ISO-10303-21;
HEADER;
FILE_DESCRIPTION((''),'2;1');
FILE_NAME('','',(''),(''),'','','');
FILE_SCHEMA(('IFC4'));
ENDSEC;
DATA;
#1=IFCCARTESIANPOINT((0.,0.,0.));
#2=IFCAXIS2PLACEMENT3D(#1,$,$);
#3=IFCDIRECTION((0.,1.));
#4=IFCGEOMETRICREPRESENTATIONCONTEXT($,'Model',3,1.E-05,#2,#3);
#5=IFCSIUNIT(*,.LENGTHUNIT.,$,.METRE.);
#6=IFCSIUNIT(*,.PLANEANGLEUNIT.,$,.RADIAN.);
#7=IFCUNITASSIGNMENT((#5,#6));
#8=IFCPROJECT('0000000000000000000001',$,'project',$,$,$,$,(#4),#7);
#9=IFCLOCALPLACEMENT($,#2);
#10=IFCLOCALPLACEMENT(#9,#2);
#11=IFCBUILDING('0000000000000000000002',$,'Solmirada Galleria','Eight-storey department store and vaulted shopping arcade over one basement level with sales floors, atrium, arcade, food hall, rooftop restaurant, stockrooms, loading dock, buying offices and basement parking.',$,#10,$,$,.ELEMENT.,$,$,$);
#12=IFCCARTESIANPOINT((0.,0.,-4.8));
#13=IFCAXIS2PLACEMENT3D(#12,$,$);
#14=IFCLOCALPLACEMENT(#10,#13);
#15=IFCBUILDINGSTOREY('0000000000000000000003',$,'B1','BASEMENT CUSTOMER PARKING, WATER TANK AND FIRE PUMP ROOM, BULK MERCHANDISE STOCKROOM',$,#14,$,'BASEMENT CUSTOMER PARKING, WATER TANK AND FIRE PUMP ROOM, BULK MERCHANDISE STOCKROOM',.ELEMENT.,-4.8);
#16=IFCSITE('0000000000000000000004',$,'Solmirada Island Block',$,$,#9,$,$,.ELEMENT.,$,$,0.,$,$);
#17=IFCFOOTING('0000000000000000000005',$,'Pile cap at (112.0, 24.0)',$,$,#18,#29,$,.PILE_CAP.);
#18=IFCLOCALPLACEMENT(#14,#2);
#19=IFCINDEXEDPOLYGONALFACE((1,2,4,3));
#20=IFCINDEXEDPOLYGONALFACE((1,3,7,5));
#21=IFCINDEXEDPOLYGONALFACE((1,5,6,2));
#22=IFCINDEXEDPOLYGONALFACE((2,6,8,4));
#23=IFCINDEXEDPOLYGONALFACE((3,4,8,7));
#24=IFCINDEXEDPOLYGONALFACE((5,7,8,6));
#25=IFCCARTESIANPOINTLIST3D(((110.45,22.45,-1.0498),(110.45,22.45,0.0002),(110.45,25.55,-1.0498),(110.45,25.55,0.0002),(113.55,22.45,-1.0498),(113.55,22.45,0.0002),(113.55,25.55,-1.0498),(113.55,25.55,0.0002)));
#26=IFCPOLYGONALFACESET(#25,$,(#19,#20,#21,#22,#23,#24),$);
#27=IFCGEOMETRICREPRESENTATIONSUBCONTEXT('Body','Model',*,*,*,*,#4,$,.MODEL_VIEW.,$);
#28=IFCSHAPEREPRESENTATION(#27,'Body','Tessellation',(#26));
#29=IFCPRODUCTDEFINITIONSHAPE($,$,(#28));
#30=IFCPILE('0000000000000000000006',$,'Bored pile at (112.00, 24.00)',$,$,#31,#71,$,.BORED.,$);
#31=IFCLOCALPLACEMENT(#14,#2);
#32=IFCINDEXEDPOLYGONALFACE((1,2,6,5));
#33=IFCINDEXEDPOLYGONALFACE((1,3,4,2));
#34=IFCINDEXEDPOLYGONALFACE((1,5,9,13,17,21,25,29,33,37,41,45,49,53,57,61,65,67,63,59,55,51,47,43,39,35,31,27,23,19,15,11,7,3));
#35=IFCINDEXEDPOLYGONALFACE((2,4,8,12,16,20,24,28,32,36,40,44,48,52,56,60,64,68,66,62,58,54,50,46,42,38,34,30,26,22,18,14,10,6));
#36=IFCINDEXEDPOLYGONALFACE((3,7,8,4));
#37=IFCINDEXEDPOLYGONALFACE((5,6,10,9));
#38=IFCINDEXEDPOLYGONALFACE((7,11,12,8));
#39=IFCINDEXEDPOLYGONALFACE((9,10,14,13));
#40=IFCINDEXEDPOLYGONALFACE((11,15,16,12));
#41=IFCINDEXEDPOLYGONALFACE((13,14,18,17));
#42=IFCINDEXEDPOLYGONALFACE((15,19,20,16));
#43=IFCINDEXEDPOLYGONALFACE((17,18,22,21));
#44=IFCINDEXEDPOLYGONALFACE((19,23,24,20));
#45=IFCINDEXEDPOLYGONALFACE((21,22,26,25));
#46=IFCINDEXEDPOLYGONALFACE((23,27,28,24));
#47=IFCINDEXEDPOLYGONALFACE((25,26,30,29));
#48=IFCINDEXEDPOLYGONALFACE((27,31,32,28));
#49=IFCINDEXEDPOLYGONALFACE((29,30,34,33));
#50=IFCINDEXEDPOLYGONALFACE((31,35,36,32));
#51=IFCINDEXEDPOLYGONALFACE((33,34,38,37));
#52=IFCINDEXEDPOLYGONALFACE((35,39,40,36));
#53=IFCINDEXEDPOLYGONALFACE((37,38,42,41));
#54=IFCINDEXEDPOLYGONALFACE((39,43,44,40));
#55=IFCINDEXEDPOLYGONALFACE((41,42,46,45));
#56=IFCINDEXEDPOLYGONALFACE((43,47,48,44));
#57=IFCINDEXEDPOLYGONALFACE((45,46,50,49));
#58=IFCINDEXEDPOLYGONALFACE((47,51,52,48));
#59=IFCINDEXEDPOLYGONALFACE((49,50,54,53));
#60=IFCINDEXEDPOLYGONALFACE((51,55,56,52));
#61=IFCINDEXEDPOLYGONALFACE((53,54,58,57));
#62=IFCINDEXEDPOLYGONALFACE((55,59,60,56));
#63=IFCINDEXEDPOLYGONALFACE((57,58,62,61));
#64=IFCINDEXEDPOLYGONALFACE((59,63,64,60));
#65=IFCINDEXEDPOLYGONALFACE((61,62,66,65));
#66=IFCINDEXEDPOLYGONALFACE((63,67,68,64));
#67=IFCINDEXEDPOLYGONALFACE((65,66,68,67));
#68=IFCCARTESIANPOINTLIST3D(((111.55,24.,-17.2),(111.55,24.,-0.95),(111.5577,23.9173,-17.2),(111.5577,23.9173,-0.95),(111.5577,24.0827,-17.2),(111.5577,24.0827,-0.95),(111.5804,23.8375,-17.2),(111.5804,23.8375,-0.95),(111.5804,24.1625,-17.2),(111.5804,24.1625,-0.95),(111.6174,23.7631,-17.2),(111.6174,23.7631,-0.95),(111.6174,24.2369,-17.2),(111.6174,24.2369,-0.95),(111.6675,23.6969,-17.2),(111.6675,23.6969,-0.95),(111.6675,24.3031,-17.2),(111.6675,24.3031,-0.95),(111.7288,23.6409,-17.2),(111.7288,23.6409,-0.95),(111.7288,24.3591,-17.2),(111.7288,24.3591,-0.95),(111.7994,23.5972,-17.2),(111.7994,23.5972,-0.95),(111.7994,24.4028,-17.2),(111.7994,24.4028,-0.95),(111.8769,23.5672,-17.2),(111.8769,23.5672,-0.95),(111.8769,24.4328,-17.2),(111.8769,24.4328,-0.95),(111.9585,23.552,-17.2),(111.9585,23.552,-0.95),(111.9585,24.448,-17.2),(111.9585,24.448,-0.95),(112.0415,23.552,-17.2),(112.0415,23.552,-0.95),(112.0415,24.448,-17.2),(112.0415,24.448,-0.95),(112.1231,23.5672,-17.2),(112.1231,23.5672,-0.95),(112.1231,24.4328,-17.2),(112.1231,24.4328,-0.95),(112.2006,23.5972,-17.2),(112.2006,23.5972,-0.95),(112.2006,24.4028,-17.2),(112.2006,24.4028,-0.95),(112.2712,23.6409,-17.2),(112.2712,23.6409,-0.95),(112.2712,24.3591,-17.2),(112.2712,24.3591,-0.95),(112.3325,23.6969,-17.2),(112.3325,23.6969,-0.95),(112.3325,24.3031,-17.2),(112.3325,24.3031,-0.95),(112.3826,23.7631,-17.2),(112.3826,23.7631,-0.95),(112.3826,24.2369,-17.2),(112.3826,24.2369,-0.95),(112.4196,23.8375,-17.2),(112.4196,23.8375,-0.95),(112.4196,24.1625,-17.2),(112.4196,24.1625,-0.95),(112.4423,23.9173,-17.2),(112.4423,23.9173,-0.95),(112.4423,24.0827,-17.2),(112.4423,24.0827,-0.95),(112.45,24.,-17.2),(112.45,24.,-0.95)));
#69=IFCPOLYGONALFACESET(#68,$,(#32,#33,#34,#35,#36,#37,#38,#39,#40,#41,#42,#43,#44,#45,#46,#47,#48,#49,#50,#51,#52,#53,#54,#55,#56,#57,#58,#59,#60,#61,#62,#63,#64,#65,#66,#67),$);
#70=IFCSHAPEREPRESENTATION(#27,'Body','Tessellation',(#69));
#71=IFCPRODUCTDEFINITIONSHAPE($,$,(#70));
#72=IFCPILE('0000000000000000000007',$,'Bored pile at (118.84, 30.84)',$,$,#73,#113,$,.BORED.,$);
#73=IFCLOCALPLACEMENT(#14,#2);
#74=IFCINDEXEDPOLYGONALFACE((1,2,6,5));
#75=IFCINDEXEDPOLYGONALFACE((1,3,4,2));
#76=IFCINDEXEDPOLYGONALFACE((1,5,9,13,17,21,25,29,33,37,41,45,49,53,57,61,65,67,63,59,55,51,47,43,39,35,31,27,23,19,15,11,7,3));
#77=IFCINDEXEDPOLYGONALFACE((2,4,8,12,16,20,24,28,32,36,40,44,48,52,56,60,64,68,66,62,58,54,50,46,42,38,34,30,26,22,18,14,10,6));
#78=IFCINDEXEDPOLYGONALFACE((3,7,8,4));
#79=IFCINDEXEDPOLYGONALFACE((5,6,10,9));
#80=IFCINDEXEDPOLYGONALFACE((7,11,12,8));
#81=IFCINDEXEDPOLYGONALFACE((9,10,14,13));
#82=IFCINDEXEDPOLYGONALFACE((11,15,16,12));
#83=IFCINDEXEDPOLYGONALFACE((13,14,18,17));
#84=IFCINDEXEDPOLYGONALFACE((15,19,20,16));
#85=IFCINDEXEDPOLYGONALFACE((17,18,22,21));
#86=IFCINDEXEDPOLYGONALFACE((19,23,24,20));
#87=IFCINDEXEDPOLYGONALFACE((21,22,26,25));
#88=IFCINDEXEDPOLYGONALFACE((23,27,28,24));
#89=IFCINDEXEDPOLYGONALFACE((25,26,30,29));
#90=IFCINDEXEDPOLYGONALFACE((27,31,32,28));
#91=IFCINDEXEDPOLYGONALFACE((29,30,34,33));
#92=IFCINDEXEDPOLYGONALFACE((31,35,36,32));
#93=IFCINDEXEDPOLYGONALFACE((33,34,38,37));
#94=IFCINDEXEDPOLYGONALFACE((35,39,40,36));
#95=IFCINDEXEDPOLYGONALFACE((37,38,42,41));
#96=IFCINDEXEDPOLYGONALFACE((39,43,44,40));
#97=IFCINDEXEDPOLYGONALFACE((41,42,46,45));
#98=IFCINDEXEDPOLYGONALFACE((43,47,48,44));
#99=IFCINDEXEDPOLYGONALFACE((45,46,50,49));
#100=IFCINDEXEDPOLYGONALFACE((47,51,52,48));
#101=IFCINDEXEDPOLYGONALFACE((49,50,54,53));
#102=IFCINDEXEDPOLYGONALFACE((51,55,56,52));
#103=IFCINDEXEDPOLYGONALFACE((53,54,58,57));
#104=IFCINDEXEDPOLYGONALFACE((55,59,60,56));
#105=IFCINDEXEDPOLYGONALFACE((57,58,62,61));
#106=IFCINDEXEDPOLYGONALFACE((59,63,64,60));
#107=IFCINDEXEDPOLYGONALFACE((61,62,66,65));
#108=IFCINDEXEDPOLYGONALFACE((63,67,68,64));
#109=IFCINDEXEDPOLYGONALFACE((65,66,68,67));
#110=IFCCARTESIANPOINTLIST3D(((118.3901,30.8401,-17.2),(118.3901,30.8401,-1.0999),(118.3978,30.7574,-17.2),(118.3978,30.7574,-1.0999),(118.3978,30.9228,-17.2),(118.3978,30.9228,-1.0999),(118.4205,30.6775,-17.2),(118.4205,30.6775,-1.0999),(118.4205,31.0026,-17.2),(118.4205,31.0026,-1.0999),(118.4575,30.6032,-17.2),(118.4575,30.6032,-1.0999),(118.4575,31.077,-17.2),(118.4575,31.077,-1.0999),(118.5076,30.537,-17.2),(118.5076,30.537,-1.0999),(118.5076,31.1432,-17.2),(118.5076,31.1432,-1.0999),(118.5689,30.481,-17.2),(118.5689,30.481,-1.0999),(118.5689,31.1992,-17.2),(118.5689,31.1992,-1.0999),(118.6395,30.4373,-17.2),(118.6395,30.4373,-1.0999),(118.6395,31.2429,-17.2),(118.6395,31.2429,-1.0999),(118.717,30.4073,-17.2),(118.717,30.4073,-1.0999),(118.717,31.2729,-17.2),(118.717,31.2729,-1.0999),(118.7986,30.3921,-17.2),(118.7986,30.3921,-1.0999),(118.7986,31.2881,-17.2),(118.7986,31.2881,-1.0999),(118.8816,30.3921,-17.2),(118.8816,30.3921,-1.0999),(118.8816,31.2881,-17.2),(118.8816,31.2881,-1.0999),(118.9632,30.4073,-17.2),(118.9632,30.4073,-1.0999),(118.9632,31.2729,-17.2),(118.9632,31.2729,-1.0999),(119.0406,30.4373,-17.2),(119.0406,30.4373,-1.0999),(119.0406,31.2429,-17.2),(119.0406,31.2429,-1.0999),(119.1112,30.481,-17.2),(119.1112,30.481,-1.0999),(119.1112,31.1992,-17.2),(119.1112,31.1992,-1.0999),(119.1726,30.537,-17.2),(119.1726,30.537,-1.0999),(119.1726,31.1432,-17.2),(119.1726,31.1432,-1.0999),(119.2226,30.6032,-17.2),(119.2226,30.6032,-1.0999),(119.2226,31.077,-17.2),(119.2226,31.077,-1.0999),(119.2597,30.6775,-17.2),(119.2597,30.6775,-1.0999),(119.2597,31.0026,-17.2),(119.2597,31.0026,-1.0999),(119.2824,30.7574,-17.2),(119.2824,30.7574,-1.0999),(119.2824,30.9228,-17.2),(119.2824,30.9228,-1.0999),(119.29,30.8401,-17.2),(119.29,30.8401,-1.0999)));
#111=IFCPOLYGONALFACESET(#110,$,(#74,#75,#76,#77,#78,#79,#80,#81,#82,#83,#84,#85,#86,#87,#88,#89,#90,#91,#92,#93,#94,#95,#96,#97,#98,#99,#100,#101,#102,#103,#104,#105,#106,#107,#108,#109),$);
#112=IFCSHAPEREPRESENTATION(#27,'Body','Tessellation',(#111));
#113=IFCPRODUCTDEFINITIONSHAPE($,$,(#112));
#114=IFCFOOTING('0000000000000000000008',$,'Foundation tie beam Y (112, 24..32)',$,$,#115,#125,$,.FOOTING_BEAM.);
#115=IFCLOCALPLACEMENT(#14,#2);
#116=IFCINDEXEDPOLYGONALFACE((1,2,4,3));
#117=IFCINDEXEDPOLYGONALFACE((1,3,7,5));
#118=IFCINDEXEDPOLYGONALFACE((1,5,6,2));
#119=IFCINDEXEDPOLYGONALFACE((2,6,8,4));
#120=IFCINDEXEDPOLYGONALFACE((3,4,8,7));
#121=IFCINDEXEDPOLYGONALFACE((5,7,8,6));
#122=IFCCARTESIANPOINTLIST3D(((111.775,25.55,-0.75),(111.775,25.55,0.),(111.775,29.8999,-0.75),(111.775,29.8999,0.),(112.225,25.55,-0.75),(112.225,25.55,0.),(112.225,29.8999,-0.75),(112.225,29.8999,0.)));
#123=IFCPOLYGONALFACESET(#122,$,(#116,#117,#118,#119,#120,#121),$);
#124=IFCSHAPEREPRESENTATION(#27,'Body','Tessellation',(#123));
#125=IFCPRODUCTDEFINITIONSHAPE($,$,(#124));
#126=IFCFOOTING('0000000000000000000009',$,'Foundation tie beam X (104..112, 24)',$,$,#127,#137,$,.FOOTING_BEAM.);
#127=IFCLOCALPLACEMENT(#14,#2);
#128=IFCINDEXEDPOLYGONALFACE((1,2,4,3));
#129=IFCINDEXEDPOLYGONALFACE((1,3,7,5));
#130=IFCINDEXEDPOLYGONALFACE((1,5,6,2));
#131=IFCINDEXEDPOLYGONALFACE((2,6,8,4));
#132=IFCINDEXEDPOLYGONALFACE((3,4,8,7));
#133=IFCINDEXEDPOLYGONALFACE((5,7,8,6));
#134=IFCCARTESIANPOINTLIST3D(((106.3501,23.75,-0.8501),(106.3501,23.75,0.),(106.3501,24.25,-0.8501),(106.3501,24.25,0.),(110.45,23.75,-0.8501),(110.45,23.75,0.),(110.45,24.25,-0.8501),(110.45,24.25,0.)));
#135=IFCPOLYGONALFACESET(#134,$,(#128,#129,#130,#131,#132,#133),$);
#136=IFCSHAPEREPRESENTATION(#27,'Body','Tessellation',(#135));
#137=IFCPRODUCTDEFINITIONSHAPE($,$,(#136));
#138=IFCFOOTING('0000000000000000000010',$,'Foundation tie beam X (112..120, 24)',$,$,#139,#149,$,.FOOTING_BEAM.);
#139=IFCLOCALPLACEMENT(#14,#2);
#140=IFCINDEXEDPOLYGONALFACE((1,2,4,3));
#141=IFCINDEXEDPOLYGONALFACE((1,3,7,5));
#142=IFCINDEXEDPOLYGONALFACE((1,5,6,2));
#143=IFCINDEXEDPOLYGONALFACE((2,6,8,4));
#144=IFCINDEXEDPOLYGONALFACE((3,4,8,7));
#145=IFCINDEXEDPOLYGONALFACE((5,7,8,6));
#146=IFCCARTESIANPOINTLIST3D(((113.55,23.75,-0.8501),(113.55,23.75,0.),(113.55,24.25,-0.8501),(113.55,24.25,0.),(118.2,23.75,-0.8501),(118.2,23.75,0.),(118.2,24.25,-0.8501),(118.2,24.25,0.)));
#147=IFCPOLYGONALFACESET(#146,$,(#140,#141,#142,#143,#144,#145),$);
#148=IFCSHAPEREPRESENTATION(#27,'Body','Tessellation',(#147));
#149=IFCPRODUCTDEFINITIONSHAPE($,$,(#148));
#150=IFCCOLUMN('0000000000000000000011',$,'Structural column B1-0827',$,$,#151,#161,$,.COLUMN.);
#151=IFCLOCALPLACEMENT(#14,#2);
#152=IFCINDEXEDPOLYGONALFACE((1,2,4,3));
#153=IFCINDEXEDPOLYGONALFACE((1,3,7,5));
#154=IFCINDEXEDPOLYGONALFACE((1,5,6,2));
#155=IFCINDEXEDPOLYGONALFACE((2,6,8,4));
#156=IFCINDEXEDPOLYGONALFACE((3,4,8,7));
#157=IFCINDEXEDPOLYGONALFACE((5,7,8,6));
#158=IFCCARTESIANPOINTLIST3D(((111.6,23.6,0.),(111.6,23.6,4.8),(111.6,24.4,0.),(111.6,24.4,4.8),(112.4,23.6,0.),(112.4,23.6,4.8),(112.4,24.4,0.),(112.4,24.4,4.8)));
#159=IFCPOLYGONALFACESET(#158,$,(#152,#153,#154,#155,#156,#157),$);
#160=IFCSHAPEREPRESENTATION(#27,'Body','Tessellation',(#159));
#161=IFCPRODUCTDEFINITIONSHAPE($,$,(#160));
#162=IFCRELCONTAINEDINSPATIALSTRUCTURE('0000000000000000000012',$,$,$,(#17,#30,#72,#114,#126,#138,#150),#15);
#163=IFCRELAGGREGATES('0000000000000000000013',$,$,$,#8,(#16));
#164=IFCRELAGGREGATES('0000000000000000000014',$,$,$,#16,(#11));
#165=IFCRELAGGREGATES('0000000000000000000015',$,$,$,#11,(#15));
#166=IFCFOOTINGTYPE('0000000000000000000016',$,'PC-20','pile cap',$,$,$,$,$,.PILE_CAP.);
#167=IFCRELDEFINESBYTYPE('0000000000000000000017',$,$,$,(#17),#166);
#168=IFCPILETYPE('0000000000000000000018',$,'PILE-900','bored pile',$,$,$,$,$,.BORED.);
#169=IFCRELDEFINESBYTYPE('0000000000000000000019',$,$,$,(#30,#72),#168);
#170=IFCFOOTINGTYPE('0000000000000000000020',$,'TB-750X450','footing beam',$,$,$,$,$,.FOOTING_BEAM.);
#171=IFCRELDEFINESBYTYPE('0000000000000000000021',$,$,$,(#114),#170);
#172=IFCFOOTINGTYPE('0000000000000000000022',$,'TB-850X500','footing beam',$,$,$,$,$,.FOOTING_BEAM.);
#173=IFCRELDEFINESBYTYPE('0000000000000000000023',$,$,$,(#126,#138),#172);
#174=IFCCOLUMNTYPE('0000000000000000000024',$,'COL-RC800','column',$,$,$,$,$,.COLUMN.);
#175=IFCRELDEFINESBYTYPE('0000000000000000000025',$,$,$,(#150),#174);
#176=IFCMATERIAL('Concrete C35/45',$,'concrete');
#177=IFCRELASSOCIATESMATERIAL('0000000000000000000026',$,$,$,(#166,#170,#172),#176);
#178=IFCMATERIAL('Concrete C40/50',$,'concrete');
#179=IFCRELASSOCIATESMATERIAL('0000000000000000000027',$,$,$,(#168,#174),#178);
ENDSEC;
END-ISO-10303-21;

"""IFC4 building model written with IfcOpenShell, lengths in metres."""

from ifc_helpers import new_model, si_unit, direction, frame, origin, origin_2d, place, context, subcontext, project, spatial, rectangle, circle, extrude, material, material_profile, profile_set, type_object, element, save


model = new_model("IFC4")

# Units and contexts
model_context = context("Model", 3, precision=1e-05, world=origin(), true_north=direction((0.0, 1.0)))
body_context = subcontext(model_context, "Body", "Model", "MODEL_VIEW")
ifc_project = project(units=[si_unit("LENGTHUNIT", "METRE"), si_unit("PLANEANGLEUNIT", "RADIAN")], contexts=[model_context])

# Site, building, storey
site_placement = place(None, origin())
site = spatial("IfcSite", under=ifc_project, at=site_placement, Name="Solmirada Island Block", CompositionType="ELEMENT", RefElevation=0.0)
building_placement = place(site_placement, origin())
building = spatial("IfcBuilding", under=site, at=building_placement, Name="Solmirada Galleria", Description="Eight-storey department store and vaulted shopping arcade over one basement level with sales floors, atrium, arcade, food hall, rooftop restaurant, stockrooms, loading dock, buying offices and basement parking.", CompositionType="ELEMENT")
storey_placement = place(building_placement, frame((0.0, 0.0, -4.8)))
storey = spatial("IfcBuildingStorey", under=building, at=storey_placement, Name="B1", Description="BASEMENT CUSTOMER PARKING, WATER TANK AND FIRE PUMP ROOM, BULK MERCHANDISE STOCKROOM", LongName="BASEMENT CUSTOMER PARKING, WATER TANK AND FIRE PUMP ROOM, BULK MERCHANDISE STOCKROOM", CompositionType="ELEMENT", Elevation=-4.8)

# Footing
ifc_material_1 = material(Name="Concrete C35/45", Category="concrete")
footing_type_1 = type_object("IfcFootingType", Name="PC-20", Description="pile cap", PredefinedType="PILE_CAP", material=ifc_material_1)
footing_1_placement = place(storey_placement, frame((112.0, 24.0, -1.0498), z_axis=(0.0, 0.0, 1.0), x_axis=(1.0, 0.0, 0.0)))
element("IfcFooting", 1, at=footing_1_placement, inside=storey, type_object=footing_type_1, Name="Pile cap at (112.0, 24.0)", PredefinedType="PILE_CAP", context=body_context, shape_type="SweptSolid", body=[
    extrude(rectangle(XDim=3.1001, YDim=3.1001, at=origin_2d()), origin(), (0.0, 0.0, 1.0), 1.05),
])

# Piles
ifc_material_2 = material(Name="Concrete C40/50", Category="concrete")
ifc_material_profile_1 = material_profile(ifc_material_2, circle(Radius=0.45, at=origin_2d()), Name="PILE900")
ifc_profile_set_1 = profile_set([ifc_material_profile_1], Name="Concrete C40/50")
pile_type = type_object("IfcPileType", Name="PILE-900", Description="bored pile", PredefinedType="BORED", material=ifc_profile_set_1)
pile_1_placement = place(storey_placement, frame((112.0, 24.0, -0.95), z_axis=(0.0, 0.0, -1.0), x_axis=(1.0, 0.0, 0.0)))
element("IfcPile", 2, at=pile_1_placement, inside=storey, type_object=pile_type, Name="Bored pile at (112.00, 24.00)", PredefinedType="BORED", context=body_context, shape_type="SweptSolid", body=[
    extrude(circle(Radius=0.45, at=origin_2d()), origin(), (0.0, 0.0, 1.0), 16.25),
])
pile_2_placement = place(storey_placement, frame((118.8401, 30.8401, -1.0999), z_axis=(0.0, 0.0, -1.0), x_axis=(1.0, 0.0, 0.0)))
element("IfcPile", 3, at=pile_2_placement, inside=storey, type_object=pile_type, Name="Bored pile at (118.84, 30.84)", PredefinedType="BORED", context=body_context, shape_type="SweptSolid", body=[
    extrude(circle(Radius=0.45, at=origin_2d()), origin(), (0.0, 0.0, 1.0), 16.1001),
])

# Footings
ifc_material_profile_2 = material_profile(ifc_material_1, rectangle(XDim=0.45, YDim=0.75, at=origin_2d()), Name="RC750X450")
ifc_profile_set_2 = profile_set([ifc_material_profile_2], Name="Concrete C35/45")
footing_type_2 = type_object("IfcFootingType", Name="TB-750X450", Description="footing beam", PredefinedType="FOOTING_BEAM", material=ifc_profile_set_2)
footing_2_placement = place(storey_placement, frame((112.0, 25.55, -0.375), z_axis=(0.0, 1.0, 0.0), x_axis=(-1.0, 0.0, 0.0)))
element("IfcFooting", 4, at=footing_2_placement, inside=storey, type_object=footing_type_2, Name="Foundation tie beam Y (112, 24..32)", PredefinedType="FOOTING_BEAM", context=body_context, shape_type="SweptSolid", body=[
    extrude(rectangle(XDim=0.45, YDim=0.75, at=origin_2d()), origin(), (0.0, 0.0, 1.0), 4.3499),
])
ifc_material_profile_3 = material_profile(ifc_material_1, rectangle(XDim=0.5, YDim=0.8501, at=origin_2d()), Name="RC850X500")
ifc_profile_set_3 = profile_set([ifc_material_profile_3], Name="Concrete C35/45")
footing_type_3 = type_object("IfcFootingType", Name="TB-850X500", Description="footing beam", PredefinedType="FOOTING_BEAM", material=ifc_profile_set_3)
footing_3_placement = place(storey_placement, frame((106.3501, 24.0, -0.425), z_axis=(1.0, 0.0, 0.0), x_axis=(0.0, 1.0, 0.0)))
element("IfcFooting", 5, at=footing_3_placement, inside=storey, type_object=footing_type_3, Name="Foundation tie beam X (104..112, 24)", PredefinedType="FOOTING_BEAM", context=body_context, shape_type="SweptSolid", body=[
    extrude(rectangle(XDim=0.5, YDim=0.8501, at=origin_2d()), origin(), (0.0, 0.0, 1.0), 4.0999),
])
footing_4_placement = place(storey_placement, frame((113.55, 24.0, -0.425), z_axis=(1.0, 0.0, 0.0), x_axis=(0.0, 1.0, 0.0)))
element("IfcFooting", 6, at=footing_4_placement, inside=storey, type_object=footing_type_3, Name="Foundation tie beam X (112..120, 24)", PredefinedType="FOOTING_BEAM", context=body_context, shape_type="SweptSolid", body=[
    extrude(rectangle(XDim=0.5, YDim=0.8501, at=origin_2d()), origin(), (0.0, 0.0, 1.0), 4.6499),
])

# Column
ifc_material_profile_4 = material_profile(ifc_material_2, rectangle(XDim=0.8, YDim=0.8, at=origin_2d()), Name="RC800X800")
ifc_profile_set_4 = profile_set([ifc_material_profile_4], Name="Concrete C40/50")
column_type = type_object("IfcColumnType", Name="COL-RC800", Description="column", PredefinedType="COLUMN", material=ifc_profile_set_4)
column_placement = place(storey_placement, frame((112.0, 24.0, 0.0), z_axis=(0.0, 0.0, 1.0), x_axis=(1.0, 0.0, 0.0)))
element("IfcColumn", 7, at=column_placement, inside=storey, type_object=column_type, Name="Structural column B1-0827", PredefinedType="COLUMN", context=body_context, shape_type="SweptSolid", body=[
    extrude(rectangle(XDim=0.8, YDim=0.8, at=origin_2d()), origin(), (0.0, 0.0, 1.0), 4.8),
])

save(model, "model.ifc")
